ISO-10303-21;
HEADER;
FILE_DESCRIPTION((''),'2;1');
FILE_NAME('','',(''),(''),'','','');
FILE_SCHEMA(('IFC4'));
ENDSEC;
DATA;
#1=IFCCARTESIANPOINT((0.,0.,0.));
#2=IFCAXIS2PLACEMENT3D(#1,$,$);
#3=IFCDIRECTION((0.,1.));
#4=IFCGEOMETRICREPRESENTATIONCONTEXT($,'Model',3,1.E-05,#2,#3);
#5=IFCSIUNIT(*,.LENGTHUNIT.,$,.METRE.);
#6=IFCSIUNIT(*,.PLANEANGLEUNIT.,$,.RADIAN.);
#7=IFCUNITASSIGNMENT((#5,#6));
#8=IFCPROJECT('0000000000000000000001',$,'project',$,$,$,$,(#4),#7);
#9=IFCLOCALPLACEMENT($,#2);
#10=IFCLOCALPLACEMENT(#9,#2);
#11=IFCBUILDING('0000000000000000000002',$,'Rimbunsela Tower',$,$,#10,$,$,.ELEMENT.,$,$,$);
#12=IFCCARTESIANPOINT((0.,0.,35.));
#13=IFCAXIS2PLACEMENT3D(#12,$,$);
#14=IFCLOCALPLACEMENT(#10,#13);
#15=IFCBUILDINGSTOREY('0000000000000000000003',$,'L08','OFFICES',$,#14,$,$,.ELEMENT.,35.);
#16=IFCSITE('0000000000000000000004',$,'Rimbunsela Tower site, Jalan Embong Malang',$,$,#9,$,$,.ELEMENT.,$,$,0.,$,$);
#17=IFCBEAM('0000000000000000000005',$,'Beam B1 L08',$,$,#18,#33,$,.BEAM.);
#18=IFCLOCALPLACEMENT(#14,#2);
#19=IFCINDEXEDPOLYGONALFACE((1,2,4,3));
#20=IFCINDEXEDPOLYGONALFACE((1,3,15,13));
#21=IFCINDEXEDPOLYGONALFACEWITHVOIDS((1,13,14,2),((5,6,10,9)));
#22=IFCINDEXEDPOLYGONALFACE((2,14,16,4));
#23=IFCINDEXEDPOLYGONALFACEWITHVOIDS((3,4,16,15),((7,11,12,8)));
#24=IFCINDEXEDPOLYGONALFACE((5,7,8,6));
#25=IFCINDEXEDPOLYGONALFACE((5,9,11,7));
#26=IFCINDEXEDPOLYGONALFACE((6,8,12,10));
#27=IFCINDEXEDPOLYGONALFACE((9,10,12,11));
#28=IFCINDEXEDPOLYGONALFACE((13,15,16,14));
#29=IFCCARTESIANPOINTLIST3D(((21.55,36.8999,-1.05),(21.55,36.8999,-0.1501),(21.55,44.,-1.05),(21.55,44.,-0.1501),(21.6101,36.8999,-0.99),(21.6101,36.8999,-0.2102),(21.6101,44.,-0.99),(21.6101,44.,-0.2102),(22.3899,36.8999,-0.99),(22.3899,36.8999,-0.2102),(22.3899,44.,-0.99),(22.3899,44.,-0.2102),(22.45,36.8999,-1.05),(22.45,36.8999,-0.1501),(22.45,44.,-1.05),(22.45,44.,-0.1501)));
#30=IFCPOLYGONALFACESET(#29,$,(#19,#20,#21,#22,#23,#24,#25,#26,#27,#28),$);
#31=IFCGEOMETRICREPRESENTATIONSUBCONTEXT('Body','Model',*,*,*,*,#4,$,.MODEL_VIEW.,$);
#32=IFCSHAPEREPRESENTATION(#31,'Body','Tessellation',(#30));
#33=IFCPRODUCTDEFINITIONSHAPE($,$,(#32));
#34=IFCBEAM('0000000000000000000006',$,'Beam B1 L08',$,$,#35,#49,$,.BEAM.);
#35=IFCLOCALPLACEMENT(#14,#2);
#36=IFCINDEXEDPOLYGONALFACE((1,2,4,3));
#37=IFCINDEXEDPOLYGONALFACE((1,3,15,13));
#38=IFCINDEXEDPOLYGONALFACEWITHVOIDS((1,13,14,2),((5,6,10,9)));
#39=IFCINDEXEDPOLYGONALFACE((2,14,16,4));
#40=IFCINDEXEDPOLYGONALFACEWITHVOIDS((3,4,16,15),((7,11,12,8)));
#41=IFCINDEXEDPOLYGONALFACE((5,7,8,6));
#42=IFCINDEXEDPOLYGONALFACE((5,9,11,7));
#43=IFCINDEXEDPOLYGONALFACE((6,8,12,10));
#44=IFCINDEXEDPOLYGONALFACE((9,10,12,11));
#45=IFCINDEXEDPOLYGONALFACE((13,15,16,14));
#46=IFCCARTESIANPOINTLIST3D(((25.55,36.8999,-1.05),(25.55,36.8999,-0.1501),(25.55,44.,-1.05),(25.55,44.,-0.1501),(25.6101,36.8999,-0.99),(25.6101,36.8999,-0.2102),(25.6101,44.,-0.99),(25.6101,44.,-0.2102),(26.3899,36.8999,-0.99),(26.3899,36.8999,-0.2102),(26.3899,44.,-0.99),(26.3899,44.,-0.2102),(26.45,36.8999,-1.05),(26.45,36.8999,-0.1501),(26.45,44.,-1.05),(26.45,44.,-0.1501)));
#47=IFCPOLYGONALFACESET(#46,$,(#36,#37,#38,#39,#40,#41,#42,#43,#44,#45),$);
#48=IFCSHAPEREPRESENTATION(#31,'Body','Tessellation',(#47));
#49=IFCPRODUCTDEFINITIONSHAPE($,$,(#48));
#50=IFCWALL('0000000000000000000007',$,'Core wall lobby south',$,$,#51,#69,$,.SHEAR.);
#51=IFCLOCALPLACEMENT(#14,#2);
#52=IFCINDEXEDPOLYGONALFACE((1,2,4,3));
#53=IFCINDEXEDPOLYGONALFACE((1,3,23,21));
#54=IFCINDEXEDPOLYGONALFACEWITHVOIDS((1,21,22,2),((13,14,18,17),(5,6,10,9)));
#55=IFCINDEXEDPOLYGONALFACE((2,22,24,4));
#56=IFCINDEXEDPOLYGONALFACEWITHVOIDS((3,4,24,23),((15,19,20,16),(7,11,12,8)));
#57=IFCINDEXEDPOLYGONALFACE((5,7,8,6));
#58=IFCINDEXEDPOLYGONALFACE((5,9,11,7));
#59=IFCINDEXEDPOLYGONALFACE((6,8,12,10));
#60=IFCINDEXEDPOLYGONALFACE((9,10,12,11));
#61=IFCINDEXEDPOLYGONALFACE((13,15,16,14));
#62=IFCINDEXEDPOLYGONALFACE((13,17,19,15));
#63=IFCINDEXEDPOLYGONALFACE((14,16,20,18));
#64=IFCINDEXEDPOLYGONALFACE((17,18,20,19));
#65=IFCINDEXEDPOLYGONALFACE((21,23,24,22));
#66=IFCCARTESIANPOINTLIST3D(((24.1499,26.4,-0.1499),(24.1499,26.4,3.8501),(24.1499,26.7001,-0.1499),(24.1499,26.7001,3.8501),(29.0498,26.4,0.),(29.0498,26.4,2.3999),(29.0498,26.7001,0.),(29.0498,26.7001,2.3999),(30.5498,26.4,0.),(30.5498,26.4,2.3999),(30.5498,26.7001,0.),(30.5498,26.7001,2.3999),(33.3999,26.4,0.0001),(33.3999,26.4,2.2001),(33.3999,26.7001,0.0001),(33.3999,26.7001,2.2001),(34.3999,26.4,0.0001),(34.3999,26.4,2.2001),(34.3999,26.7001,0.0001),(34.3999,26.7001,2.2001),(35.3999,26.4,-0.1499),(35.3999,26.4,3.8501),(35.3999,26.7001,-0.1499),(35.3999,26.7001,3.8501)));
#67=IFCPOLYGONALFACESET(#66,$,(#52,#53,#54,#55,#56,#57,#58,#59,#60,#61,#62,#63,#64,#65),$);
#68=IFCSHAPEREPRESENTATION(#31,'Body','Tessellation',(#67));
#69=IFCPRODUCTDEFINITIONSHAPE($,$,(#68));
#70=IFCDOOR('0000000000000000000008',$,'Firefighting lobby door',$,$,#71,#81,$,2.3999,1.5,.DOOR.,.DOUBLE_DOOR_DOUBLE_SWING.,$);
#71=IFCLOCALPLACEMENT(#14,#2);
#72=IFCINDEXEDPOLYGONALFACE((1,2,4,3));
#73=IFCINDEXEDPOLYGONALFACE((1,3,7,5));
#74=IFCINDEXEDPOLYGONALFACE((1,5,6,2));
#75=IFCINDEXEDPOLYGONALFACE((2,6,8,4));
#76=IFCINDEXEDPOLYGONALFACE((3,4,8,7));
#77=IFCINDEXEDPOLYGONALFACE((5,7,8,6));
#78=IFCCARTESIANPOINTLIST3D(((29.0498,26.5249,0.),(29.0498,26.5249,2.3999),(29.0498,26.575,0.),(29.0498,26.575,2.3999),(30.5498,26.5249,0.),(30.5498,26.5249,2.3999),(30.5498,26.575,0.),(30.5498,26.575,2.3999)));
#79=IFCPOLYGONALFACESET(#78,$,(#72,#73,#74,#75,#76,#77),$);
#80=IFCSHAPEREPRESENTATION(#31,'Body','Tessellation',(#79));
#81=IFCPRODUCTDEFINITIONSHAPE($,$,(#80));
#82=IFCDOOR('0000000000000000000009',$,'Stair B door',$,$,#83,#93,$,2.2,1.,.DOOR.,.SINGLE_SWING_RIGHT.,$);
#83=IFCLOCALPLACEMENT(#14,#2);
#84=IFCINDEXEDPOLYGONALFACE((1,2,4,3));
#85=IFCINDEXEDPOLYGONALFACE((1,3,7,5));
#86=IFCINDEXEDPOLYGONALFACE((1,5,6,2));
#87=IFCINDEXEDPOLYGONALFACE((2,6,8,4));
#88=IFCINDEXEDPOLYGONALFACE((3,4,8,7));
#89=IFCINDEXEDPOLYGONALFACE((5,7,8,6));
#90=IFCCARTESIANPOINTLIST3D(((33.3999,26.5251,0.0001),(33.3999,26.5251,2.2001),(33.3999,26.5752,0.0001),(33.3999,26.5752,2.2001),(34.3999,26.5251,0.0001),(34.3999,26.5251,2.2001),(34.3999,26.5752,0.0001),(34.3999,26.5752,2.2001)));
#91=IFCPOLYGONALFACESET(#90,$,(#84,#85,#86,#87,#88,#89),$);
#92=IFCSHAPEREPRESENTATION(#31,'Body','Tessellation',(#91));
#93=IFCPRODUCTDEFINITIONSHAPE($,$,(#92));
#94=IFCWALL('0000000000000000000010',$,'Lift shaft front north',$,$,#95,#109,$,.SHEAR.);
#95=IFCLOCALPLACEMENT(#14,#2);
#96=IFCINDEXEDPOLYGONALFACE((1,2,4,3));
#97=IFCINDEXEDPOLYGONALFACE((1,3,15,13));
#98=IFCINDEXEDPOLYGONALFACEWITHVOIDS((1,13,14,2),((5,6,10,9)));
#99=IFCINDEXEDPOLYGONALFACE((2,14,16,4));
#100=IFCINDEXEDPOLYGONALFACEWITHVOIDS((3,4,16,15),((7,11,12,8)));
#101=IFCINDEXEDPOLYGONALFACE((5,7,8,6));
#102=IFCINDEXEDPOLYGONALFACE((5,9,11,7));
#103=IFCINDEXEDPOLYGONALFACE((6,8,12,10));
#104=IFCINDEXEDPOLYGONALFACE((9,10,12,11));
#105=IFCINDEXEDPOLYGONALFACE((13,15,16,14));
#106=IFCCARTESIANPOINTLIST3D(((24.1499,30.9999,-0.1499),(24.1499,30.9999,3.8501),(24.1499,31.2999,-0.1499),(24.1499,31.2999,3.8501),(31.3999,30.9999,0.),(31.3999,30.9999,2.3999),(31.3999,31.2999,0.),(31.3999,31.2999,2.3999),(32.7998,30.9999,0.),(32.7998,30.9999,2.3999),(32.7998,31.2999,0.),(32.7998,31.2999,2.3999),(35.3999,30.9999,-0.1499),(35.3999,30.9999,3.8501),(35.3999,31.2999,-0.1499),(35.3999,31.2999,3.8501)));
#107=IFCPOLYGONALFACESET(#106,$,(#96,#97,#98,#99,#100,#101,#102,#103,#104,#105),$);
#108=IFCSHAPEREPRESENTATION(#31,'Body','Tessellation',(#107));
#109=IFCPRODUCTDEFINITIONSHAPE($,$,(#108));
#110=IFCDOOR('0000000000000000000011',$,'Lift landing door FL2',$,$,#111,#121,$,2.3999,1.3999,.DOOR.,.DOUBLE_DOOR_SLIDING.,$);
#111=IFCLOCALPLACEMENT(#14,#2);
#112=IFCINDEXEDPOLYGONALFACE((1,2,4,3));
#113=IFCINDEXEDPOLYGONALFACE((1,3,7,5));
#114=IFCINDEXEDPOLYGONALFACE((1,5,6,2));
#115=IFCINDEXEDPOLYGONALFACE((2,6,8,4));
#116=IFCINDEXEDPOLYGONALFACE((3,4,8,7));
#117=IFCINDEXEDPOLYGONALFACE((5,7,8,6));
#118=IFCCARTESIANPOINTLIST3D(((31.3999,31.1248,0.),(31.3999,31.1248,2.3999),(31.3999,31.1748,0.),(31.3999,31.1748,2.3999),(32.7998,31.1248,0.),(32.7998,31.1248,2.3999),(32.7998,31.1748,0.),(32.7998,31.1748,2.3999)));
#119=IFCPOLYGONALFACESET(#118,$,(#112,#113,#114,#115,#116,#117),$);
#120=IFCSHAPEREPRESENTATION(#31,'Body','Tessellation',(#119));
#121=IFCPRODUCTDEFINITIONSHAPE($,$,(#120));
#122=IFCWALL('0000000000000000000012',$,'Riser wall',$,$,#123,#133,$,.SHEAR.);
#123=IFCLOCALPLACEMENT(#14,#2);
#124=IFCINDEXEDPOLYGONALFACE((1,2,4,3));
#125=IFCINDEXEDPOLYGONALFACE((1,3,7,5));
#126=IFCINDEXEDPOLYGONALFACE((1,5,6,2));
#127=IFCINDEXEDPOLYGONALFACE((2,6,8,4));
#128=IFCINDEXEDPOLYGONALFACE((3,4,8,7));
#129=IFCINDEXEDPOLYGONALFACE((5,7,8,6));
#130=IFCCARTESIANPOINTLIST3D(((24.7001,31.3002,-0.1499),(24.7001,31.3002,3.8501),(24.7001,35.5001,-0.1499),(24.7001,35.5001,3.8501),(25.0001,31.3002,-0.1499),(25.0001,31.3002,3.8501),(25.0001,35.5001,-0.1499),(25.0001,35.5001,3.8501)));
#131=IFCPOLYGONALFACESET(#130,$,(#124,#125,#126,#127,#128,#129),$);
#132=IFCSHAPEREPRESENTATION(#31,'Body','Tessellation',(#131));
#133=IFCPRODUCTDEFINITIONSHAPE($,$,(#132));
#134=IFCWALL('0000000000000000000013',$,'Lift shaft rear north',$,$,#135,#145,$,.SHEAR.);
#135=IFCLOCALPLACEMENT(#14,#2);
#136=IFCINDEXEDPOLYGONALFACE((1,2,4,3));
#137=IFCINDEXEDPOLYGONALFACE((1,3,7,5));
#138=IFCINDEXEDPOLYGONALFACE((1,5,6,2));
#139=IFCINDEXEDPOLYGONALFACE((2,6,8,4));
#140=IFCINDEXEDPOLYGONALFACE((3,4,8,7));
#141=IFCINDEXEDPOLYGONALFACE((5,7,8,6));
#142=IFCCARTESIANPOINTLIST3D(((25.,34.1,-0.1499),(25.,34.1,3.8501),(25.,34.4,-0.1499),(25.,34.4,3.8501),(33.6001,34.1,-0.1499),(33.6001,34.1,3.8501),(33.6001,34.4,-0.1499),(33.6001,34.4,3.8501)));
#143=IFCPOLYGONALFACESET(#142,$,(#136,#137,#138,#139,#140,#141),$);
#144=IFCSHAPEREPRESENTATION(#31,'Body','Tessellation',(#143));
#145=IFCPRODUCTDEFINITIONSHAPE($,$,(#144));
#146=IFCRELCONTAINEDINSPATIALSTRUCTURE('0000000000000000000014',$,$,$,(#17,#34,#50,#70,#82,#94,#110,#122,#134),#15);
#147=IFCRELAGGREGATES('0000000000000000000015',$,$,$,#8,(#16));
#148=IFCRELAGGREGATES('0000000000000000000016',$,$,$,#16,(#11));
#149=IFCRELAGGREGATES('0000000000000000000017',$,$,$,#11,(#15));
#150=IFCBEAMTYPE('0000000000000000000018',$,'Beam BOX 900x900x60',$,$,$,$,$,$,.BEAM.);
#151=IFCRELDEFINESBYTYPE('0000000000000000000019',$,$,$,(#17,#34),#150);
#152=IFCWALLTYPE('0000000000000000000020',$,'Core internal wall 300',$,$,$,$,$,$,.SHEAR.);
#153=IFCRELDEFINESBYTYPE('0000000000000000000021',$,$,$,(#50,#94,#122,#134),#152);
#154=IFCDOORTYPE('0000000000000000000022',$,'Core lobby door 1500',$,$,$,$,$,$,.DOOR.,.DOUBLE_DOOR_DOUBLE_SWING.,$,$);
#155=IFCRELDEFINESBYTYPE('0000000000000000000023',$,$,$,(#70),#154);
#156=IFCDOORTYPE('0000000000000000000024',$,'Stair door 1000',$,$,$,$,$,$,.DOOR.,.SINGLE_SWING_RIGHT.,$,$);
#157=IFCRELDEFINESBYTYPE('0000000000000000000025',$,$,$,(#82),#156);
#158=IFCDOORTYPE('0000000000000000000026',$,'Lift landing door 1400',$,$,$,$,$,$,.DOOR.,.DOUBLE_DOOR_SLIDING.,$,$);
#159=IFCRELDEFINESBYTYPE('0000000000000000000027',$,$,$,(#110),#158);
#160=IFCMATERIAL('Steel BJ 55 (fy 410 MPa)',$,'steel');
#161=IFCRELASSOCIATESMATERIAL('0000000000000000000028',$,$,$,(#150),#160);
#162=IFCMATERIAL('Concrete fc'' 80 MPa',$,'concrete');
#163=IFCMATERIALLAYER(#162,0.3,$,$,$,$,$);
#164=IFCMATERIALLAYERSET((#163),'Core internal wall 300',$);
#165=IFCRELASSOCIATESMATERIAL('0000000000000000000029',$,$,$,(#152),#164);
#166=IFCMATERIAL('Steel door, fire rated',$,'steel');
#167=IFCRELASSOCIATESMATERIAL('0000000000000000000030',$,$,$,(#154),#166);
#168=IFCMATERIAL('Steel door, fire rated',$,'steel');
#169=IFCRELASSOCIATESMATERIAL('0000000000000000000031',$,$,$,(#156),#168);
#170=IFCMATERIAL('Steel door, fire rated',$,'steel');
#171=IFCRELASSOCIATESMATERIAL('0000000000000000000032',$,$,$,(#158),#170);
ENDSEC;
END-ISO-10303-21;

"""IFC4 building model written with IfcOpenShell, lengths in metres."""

from ifc_helpers import new_model, si_unit, direction, frame, frame_2d, origin, origin_2d, place, context, subcontext, project, spatial, rectangle, hollow_rectangle, extrude, material, layer, layer_set, material_profile, profile_set, type_object, element, fill, save


model = new_model("IFC4")

# Units and contexts
model_context = context("Model", 3, precision=1e-05, world=origin(), true_north=direction((0.0, 1.0)))
body_context = subcontext(model_context, "Body", "Model", "MODEL_VIEW")
ifc_project = project(units=[si_unit("LENGTHUNIT", "METRE"), si_unit("PLANEANGLEUNIT", "RADIAN")], contexts=[model_context])

# Site, building, storey
site_placement = place(None, origin())
site = spatial("IfcSite", under=ifc_project, at=site_placement, Name="Rimbunsela Tower site, Jalan Embong Malang", CompositionType="ELEMENT", RefElevation=0.0)
building_placement = place(site_placement, origin())
building = spatial("IfcBuilding", under=site, at=building_placement, Name="Rimbunsela Tower", CompositionType="ELEMENT")
storey_placement = place(building_placement, frame((0.0, 0.0, 35.0)))
storey = spatial("IfcBuildingStorey", under=building, at=storey_placement, Name="L08", Description="OFFICES", CompositionType="ELEMENT", Elevation=35.0)

# Beams
ifc_material_1 = material(Name="Steel BJ 55 (fy 410 MPa)", Category="steel")
ifc_material_profile = material_profile(ifc_material_1, hollow_rectangle(XDim=0.8999, YDim=0.8999, WallThickness=0.0601, at=origin_2d()), Name="BOX 900x900x60")
ifc_profile_set = profile_set([ifc_material_profile], Name="Steel BJ 55 (fy 410 MPa)")
beam_type = type_object("IfcBeamType", Name="Beam BOX 900x900x60", PredefinedType="BEAM", material=ifc_profile_set)
for number, where, z_axis, x_axis, name in (
    (1, (22.0, 36.8999, -0.6001), (0.0, 1.0, 0.0), (-1.0, 0.0, 0.0), "Beam B1 L08"),
    (2, (26.0, 36.8999, -0.6001), (0.0, 1.0, 0.0), (-1.0, 0.0, 0.0), "Beam B1 L08"),
):
    element("IfcBeam", number, at=place(storey_placement, frame(where, z_axis=z_axis, x_axis=x_axis)), inside=storey, type_object=beam_type, Name=name, PredefinedType="BEAM", context=body_context, shape_type="SweptSolid", body=[
        extrude(hollow_rectangle(XDim=0.8999, YDim=0.8999, WallThickness=0.0601, at=origin_2d()), origin(), (0.0, 0.0, 1.0), 7.1001),
    ])

# Wall, openings, doors
ifc_material_2 = material(Name="Concrete fc' 80 MPa", Category="concrete")
ifc_layer_1 = layer(ifc_material_2, 0.3)
ifc_layer_set_1 = layer_set([ifc_layer_1], Name="Core internal wall 300")
wall_type_1 = type_object("IfcWallType", Name="Core internal wall 300", PredefinedType="SHEAR", material=ifc_layer_set_1)
wall_1_placement = place(storey_placement, frame((24.1499, 26.55, -0.1499), z_axis=(0.0, 0.0, 1.0), x_axis=(1.0, 0.0, 0.0)))
wall_1 = element("IfcWall", 3, at=wall_1_placement, inside=storey, type_object=wall_type_1, Name="Core wall lobby south", PredefinedType="SHEAR", context=body_context, shape_type="SweptSolid", body=[
    extrude(rectangle(XDim=11.25, YDim=0.3, at=frame_2d((5.625, 0.0))), origin(), (0.0, 0.0, 1.0), 4.0),
])
opening_1_placement = place(wall_1_placement, frame((9.25, 0.0, 0.1499)))
opening_1 = element("IfcOpeningElement", 4, at=opening_1_placement, cuts=wall_1, PredefinedType="OPENING", context=body_context, shape_type="SweptSolid", body=[
    extrude(rectangle(XDim=1.0, YDim=2.2, at=frame_2d((0.5, 1.1001))), frame((0.0, 0.1599, 0.0), z_axis=(0.0, -1.0, 0.0), x_axis=(1.0, 0.0, 0.0)), (0.0, 0.0, 1.0), 0.3201),
])
opening_2_placement = place(wall_1_placement, frame((4.8999, 0.0, 0.1499)))
opening_2 = element("IfcOpeningElement", 5, at=opening_2_placement, cuts=wall_1, PredefinedType="OPENING", context=body_context, shape_type="SweptSolid", body=[
    extrude(rectangle(XDim=1.5, YDim=2.3999, at=frame_2d((0.75, 1.2))), frame((0.0, 0.1599, 0.0), z_axis=(0.0, -1.0, 0.0), x_axis=(1.0, 0.0, 0.0)), (0.0, 0.0, 1.0), 0.3201),
])
ifc_material_3 = material(Name="Steel door, fire rated", Category="steel")
door_type_1 = type_object("IfcDoorType", Name="Core lobby door 1500", OperationType="DOUBLE_DOOR_DOUBLE_SWING", PredefinedType="DOOR", material=ifc_material_3)
door_1_placement = place(opening_2_placement, origin())
door_1 = element("IfcDoor", 6, at=door_1_placement, inside=storey, type_object=door_type_1, Name="Firefighting lobby door", OperationType="DOUBLE_DOOR_DOUBLE_SWING", OverallHeight=2.3999, OverallWidth=1.5, PredefinedType="DOOR", context=body_context, shape_type="SweptSolid", body=[
    extrude(rectangle(XDim=1.5, YDim=2.3999, at=frame_2d((0.75, 1.2))), frame((0.0, 0.0249, 0.0), z_axis=(0.0, -1.0, 0.0), x_axis=(1.0, 0.0, 0.0)), (0.0, 0.0, 1.0), 0.05),
])
fill(opening_2, door_1)
ifc_material_4 = material(Name="Steel door, fire rated", Category="steel")
door_type_2 = type_object("IfcDoorType", Name="Stair door 1000", OperationType="SINGLE_SWING_RIGHT", PredefinedType="DOOR", material=ifc_material_4)
door_2_placement = place(opening_1_placement, frame((1.0, 0.0, 0.0), z_axis=(0.0, 0.0, 1.0), x_axis=(-1.0, 0.0, 0.0)))
door_2 = element("IfcDoor", 7, at=door_2_placement, inside=storey, type_object=door_type_2, Name="Stair B door", OperationType="SINGLE_SWING_RIGHT", OverallHeight=2.2, OverallWidth=1.0, PredefinedType="DOOR", context=body_context, shape_type="SweptSolid", body=[
    extrude(rectangle(XDim=1.0, YDim=2.2, at=frame_2d((0.5, 1.1001))), frame((0.0, 0.0249, 0.0), z_axis=(0.0, -1.0, 0.0), x_axis=(1.0, 0.0, 0.0)), (0.0, 0.0, 1.0), 0.05),
])
fill(opening_1, door_2)

# Wall, opening, door
wall_2_placement = place(storey_placement, frame((24.1499, 31.1499, -0.1499), z_axis=(0.0, 0.0, 1.0), x_axis=(1.0, 0.0, 0.0)))
wall_2 = element("IfcWall", 8, at=wall_2_placement, inside=storey, type_object=wall_type_1, Name="Lift shaft front north", PredefinedType="SHEAR", context=body_context, shape_type="SweptSolid", body=[
    extrude(rectangle(XDim=11.25, YDim=0.3, at=frame_2d((5.625, 0.0))), origin(), (0.0, 0.0, 1.0), 4.0),
])
opening_3_placement = place(wall_2_placement, frame((7.25, 0.0, 0.1499)))
opening_3 = element("IfcOpeningElement", 9, at=opening_3_placement, cuts=wall_2, PredefinedType="OPENING", context=body_context, shape_type="SweptSolid", body=[
    extrude(rectangle(XDim=1.3999, YDim=2.3999, at=frame_2d((0.7, 1.2))), frame((0.0, 0.1599, 0.0), z_axis=(0.0, -1.0, 0.0), x_axis=(1.0, 0.0, 0.0)), (0.0, 0.0, 1.0), 0.3201),
])
ifc_material_5 = material(Name="Steel door, fire rated", Category="steel")
door_type_3 = type_object("IfcDoorType", Name="Lift landing door 1400", OperationType="DOUBLE_DOOR_SLIDING", PredefinedType="DOOR", material=ifc_material_5)
door_3_placement = place(opening_3_placement, origin())
door_3 = element("IfcDoor", 10, at=door_3_placement, inside=storey, type_object=door_type_3, Name="Lift landing door FL2", OperationType="DOUBLE_DOOR_SLIDING", OverallHeight=2.3999, OverallWidth=1.3999, PredefinedType="DOOR", context=body_context, shape_type="SweptSolid", body=[
    extrude(rectangle(XDim=1.3999, YDim=2.3999, at=frame_2d((0.7, 1.2))), frame((0.0, 0.0249, 0.0), z_axis=(0.0, -1.0, 0.0), x_axis=(1.0, 0.0, 0.0)), (0.0, 0.0, 1.0), 0.05),
])
fill(opening_3, door_3)

# Walls
wall_3_placement = place(storey_placement, frame((24.8501, 31.3, -0.1499), z_axis=(0.0, 0.0, 1.0), x_axis=(0.0, 1.0, 0.0)))
element("IfcWall", 11, at=wall_3_placement, inside=storey, type_object=wall_type_1, Name="Riser wall", PredefinedType="SHEAR", context=body_context, shape_type="SweptSolid", body=[
    extrude(rectangle(XDim=4.2, YDim=0.3, at=frame_2d((2.1001, 0.0))), origin(), (0.0, 0.0, 1.0), 4.0),
])
wall_4_placement = place(storey_placement, frame((25.0, 34.25, -0.1499), z_axis=(0.0, 0.0, 1.0), x_axis=(1.0, 0.0, 0.0)))
element("IfcWall", 12, at=wall_4_placement, inside=storey, type_object=wall_type_1, Name="Lift shaft rear north", PredefinedType="SHEAR", context=body_context, shape_type="SweptSolid", body=[
    extrude(rectangle(XDim=8.6001, YDim=0.3, at=frame_2d((4.3, 0.0))), origin(), (0.0, 0.0, 1.0), 4.0),
])

save(model, "model.ifc")
